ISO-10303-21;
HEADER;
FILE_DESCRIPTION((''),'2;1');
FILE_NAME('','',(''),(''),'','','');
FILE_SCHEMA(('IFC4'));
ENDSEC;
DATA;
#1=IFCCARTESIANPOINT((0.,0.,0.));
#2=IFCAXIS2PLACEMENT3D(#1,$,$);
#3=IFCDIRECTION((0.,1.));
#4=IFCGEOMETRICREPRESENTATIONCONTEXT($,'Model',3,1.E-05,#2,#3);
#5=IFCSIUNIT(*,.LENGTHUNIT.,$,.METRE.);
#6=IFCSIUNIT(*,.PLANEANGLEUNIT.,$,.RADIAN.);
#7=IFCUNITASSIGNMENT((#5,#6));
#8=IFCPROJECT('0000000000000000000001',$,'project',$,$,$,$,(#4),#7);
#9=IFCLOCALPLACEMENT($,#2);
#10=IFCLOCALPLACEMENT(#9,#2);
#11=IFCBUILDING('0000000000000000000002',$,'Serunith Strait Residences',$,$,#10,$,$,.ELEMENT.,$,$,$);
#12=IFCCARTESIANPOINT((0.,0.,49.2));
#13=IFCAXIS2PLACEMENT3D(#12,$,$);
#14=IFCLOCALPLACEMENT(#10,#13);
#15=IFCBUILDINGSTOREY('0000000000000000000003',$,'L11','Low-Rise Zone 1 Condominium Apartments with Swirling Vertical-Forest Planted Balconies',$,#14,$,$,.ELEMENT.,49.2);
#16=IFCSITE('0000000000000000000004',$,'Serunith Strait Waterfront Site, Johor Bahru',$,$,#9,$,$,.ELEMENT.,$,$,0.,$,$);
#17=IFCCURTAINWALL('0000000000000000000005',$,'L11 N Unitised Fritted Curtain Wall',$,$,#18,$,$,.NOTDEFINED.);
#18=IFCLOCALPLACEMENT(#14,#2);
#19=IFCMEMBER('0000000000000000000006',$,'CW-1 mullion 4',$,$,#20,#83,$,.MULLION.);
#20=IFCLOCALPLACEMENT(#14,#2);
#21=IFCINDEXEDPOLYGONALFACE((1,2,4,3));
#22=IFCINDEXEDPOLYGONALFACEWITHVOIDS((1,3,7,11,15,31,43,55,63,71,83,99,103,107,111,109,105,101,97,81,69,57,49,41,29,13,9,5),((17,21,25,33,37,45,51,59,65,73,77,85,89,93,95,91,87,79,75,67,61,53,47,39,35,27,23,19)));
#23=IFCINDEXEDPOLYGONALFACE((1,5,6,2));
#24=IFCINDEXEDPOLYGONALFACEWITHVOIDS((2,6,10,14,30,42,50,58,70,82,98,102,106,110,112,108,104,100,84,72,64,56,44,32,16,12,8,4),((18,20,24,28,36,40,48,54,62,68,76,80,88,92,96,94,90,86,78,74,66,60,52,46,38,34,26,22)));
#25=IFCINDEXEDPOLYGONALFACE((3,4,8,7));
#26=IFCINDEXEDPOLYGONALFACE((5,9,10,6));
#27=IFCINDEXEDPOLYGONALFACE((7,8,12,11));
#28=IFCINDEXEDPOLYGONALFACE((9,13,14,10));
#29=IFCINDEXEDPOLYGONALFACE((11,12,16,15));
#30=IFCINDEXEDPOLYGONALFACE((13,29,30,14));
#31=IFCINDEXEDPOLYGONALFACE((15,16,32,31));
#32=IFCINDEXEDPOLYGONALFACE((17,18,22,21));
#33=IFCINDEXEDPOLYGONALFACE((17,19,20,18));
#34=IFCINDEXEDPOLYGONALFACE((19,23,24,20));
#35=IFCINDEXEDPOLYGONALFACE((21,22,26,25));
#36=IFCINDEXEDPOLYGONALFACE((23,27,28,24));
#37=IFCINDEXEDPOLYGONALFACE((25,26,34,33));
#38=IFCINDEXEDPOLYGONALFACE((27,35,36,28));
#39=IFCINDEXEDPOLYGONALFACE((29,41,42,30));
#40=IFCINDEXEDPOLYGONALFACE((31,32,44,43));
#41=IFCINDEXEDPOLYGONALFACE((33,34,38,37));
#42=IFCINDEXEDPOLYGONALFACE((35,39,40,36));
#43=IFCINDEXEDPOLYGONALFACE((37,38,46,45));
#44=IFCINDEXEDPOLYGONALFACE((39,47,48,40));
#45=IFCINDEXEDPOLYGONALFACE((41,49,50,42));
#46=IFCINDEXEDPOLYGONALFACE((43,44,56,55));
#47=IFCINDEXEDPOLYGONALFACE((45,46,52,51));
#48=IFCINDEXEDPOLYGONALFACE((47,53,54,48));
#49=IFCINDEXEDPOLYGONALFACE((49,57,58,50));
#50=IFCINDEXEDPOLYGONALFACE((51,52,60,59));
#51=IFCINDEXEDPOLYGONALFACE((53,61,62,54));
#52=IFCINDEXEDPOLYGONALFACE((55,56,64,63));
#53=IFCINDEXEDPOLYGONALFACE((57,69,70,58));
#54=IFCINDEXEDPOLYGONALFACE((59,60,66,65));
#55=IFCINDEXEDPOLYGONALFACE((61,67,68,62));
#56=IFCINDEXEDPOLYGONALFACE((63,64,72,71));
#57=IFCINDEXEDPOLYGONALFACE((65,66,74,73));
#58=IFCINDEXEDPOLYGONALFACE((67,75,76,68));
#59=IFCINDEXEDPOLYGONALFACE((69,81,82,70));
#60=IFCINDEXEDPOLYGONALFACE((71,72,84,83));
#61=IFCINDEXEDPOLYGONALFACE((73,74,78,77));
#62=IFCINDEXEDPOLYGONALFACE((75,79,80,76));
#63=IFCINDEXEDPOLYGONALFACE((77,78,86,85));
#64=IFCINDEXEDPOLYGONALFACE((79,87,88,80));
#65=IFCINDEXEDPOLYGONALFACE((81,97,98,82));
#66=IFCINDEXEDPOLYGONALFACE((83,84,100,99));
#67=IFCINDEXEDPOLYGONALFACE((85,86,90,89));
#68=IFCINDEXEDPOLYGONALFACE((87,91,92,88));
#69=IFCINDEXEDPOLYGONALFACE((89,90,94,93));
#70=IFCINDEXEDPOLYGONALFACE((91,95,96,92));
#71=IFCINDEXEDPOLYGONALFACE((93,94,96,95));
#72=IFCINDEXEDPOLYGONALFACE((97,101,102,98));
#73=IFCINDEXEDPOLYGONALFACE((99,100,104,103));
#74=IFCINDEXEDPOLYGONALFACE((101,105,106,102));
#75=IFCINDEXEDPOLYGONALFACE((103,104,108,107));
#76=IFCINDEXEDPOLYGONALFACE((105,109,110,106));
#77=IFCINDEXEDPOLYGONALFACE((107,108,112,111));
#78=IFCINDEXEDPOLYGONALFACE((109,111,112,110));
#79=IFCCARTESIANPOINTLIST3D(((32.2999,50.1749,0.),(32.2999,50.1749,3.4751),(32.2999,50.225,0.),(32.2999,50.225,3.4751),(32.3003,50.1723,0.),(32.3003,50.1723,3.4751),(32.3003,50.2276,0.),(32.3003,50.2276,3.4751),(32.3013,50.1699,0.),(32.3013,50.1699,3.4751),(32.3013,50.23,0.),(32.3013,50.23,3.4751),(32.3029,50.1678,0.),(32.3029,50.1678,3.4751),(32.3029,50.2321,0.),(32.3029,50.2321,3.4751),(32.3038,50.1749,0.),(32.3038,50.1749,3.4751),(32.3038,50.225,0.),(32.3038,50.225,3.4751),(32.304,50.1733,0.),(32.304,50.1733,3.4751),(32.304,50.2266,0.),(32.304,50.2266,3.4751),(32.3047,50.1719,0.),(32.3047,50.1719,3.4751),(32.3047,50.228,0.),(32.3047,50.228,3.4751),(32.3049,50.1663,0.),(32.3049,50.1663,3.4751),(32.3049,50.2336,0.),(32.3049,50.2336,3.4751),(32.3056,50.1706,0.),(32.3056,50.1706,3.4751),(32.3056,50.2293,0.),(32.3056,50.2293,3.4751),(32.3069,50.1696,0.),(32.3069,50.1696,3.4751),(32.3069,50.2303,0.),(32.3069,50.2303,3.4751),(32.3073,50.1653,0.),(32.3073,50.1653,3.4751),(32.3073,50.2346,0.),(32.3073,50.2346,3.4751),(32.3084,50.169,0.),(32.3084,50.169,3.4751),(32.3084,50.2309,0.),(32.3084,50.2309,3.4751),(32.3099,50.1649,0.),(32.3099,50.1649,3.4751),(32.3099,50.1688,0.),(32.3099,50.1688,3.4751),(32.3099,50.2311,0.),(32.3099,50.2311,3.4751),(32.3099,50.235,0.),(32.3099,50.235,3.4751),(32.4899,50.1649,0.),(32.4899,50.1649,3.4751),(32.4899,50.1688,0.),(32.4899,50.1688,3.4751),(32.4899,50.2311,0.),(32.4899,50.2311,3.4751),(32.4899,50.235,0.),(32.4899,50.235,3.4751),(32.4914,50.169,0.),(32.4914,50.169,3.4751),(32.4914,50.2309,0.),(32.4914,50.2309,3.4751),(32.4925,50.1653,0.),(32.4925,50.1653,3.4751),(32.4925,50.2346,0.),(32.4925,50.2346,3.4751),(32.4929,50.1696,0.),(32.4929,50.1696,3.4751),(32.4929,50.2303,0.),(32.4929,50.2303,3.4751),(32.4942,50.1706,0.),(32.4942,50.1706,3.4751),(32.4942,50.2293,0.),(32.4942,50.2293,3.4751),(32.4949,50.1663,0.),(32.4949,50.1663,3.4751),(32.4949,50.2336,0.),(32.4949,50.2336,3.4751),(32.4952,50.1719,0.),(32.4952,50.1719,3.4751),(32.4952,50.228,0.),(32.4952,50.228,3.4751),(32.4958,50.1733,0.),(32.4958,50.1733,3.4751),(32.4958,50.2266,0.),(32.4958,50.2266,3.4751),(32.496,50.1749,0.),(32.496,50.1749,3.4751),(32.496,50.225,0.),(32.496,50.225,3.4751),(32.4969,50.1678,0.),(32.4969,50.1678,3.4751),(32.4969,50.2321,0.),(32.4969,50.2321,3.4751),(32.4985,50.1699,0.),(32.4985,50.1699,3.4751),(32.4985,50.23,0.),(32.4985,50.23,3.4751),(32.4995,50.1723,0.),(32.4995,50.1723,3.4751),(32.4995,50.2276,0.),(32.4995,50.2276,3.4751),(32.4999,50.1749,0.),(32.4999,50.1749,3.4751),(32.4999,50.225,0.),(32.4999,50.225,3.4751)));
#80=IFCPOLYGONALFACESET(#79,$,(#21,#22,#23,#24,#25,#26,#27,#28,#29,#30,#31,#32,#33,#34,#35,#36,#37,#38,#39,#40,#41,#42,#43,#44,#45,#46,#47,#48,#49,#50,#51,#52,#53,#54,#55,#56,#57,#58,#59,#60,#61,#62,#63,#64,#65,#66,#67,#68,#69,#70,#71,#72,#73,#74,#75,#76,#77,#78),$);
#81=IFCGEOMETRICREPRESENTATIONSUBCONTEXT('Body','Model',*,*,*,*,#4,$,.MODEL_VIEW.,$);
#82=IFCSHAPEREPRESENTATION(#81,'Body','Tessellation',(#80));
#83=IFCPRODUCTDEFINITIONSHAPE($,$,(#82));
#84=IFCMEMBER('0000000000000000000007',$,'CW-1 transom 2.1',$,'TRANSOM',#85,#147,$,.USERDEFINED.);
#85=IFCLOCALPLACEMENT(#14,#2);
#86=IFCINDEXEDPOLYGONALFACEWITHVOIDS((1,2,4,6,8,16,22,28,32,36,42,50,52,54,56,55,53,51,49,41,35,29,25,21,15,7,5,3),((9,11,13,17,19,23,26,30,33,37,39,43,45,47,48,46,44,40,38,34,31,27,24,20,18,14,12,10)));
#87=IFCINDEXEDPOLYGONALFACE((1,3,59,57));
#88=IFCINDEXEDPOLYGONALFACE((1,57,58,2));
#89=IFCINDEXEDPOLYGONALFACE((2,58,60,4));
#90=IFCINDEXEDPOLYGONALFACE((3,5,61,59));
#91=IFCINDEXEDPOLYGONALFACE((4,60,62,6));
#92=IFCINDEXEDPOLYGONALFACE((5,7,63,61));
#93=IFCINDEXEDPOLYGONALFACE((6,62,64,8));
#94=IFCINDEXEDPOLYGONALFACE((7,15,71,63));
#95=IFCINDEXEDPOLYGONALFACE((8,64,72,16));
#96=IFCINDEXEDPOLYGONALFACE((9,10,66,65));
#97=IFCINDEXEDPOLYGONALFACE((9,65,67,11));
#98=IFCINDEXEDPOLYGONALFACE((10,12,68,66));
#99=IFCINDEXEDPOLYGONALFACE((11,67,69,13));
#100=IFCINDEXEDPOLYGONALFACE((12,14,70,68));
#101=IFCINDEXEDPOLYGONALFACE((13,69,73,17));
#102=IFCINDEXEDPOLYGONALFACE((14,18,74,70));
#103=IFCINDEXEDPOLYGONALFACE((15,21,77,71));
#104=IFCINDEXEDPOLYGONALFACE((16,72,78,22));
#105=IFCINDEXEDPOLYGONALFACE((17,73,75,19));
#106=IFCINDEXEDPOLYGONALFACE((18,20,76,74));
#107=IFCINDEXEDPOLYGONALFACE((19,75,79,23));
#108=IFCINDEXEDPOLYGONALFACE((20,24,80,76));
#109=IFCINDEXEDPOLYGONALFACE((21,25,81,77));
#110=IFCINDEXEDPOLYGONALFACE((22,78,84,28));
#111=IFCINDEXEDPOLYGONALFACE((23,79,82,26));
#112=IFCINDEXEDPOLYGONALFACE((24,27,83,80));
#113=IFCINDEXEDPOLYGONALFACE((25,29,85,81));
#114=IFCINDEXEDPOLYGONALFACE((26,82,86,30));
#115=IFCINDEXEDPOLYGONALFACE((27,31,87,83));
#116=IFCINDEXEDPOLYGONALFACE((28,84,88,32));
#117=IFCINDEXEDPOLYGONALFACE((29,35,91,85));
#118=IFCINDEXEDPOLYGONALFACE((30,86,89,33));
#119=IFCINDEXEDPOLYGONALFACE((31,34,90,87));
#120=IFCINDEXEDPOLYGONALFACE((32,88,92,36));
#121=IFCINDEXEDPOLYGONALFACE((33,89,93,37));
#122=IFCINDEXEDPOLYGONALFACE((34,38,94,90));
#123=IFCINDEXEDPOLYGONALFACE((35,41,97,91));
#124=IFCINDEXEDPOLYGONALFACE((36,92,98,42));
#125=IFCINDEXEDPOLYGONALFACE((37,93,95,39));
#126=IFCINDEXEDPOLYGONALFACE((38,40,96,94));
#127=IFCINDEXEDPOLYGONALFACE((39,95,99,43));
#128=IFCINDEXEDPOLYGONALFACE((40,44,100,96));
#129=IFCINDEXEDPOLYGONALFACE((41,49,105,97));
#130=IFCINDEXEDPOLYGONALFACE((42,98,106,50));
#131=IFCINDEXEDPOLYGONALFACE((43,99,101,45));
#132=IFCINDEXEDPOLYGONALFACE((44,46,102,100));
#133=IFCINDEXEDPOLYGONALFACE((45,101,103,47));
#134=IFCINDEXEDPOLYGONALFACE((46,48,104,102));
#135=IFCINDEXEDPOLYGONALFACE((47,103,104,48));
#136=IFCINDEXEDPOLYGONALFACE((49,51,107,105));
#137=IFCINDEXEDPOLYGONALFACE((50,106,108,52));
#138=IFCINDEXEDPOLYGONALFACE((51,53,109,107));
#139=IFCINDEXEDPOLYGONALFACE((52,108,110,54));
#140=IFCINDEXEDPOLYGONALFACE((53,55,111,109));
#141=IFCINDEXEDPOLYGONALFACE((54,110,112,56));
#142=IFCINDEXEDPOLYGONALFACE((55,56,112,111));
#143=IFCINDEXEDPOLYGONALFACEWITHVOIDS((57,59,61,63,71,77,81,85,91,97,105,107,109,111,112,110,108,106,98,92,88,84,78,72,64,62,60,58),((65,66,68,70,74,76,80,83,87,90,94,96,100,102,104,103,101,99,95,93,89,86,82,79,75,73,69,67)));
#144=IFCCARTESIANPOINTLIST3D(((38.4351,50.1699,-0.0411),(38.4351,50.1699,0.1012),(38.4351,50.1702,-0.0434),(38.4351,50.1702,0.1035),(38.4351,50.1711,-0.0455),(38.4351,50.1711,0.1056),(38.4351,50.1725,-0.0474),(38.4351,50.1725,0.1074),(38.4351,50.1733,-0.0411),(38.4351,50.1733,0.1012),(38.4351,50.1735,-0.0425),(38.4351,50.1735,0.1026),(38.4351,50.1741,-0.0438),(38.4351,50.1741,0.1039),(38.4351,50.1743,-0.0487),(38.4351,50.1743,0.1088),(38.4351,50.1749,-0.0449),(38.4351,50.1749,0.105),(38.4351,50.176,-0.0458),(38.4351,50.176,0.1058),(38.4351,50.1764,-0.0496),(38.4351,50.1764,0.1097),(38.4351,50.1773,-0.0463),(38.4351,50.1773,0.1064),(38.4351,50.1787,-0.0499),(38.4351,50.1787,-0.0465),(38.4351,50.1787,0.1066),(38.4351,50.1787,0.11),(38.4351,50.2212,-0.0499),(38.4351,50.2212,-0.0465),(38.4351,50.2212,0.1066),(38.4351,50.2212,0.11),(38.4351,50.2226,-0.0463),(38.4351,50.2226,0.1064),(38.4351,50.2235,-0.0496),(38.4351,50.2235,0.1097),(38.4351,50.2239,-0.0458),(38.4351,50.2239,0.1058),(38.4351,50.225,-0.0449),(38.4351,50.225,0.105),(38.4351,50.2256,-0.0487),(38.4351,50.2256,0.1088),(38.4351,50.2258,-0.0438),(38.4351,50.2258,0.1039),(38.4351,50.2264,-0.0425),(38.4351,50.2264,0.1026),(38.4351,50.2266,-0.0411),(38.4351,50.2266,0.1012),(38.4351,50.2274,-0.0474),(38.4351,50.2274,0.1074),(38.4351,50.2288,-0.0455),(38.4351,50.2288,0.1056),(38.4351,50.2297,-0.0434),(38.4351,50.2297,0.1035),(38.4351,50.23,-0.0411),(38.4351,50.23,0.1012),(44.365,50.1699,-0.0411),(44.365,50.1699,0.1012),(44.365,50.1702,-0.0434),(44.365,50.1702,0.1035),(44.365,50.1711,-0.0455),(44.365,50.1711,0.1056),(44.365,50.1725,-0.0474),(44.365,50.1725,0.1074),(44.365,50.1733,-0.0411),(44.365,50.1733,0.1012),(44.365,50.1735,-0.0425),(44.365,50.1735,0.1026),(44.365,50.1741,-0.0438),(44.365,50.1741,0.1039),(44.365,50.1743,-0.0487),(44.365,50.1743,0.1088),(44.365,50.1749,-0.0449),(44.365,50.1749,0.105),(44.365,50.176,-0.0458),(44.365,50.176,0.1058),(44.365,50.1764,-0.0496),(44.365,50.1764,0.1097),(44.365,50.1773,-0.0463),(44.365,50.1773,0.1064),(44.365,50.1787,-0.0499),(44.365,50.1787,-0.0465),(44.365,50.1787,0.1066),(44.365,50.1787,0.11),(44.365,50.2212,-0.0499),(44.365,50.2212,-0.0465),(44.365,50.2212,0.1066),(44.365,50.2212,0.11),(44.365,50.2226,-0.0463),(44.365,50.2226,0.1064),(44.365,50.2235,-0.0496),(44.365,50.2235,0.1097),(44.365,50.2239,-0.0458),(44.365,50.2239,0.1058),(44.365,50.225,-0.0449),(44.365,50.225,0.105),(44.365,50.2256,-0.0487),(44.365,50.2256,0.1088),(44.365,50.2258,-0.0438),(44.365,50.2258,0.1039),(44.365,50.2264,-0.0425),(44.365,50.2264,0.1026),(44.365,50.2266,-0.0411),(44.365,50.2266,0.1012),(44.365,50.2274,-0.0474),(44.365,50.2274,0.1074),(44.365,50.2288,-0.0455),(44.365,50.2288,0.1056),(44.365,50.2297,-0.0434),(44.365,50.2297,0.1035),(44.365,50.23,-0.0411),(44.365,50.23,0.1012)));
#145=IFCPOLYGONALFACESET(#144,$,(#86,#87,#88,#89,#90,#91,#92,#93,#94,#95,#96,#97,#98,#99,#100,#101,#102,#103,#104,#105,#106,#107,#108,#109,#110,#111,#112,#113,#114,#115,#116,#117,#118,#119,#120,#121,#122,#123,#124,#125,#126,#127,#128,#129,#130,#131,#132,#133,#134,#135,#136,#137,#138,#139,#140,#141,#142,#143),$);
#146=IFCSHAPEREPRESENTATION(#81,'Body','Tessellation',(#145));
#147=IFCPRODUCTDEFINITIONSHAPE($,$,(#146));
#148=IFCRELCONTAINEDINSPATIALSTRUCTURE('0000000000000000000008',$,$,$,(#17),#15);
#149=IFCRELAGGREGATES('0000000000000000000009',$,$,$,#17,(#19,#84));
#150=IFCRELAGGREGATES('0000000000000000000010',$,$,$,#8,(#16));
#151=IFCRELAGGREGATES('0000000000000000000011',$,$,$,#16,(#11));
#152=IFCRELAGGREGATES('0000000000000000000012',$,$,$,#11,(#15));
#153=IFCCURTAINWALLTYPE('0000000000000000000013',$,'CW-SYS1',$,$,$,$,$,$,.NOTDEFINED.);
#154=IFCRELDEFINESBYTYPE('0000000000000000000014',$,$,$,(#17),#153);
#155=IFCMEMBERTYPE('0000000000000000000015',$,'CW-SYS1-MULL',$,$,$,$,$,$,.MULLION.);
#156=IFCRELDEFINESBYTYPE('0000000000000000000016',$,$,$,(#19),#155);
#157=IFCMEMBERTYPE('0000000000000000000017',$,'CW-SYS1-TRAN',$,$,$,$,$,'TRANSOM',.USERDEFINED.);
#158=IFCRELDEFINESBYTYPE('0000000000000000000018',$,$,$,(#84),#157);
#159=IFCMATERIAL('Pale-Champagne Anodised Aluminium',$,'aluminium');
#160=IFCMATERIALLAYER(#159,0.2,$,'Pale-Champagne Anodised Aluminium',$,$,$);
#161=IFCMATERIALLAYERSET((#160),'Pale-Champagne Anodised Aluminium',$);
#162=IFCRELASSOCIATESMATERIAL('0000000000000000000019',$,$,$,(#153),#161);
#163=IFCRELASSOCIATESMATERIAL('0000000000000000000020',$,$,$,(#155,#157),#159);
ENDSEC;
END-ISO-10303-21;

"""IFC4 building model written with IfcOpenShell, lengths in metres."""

from ifc_helpers import new_model, si_unit, direction, frame, origin, origin_2d, place, context, subcontext, project, spatial, hollow_rectangle, extrude, source, transform, mapped, material, layer, layer_set, material_profile, profile_set, type_object, element, aggregate, save


model = new_model("IFC4")

# Units and contexts
model_context = context("Model", 3, precision=1e-05, world=origin(), true_north=direction((0.0, 1.0)))
body_context = subcontext(model_context, "Body", "Model", "MODEL_VIEW")
ifc_project = project(units=[si_unit("LENGTHUNIT", "METRE"), si_unit("PLANEANGLEUNIT", "RADIAN")], contexts=[model_context])

# Site, building, storey
site_placement = place(None, origin())
site = spatial("IfcSite", under=ifc_project, at=site_placement, Name="Serunith Strait Waterfront Site, Johor Bahru", CompositionType="ELEMENT", RefElevation=0.0)
building_placement = place(site_placement, origin())
building = spatial("IfcBuilding", under=site, at=building_placement, Name="Serunith Strait Residences", CompositionType="ELEMENT")
storey_placement = place(building_placement, frame((0.0, 0.0, 49.2)))
storey = spatial("IfcBuildingStorey", under=building, at=storey_placement, Name="L11", Description="Low-Rise Zone 1 Condominium Apartments with Swirling Vertical-Forest Planted Balconies", CompositionType="ELEMENT", Elevation=49.2)

# Curtain wall, members
ifc_material_1 = material(Name="Pale-Champagne Anodised Aluminium", Category="aluminium")
ifc_layer_1 = layer(ifc_material_1, 0.2, Name="Pale-Champagne Anodised Aluminium")
ifc_layer_set_1 = layer_set([ifc_layer_1], Name="Pale-Champagne Anodised Aluminium")
curtain_wall_type = type_object("IfcCurtainWallType", Name="CW-SYS1", PredefinedType="NOTDEFINED", material=ifc_layer_set_1)
curtain_wall_placement = place(storey_placement, origin())
curtain_wall = element("IfcCurtainWall", 1, at=curtain_wall_placement, inside=storey, type_object=curtain_wall_type, Name="L11 N Unitised Fritted Curtain Wall", PredefinedType="NOTDEFINED")
ifc_material_profile_1 = material_profile(ifc_material_1, hollow_rectangle(XDim=0.0701, YDim=0.2, WallThickness=0.0039, InnerFilletRadius=0.0061, OuterFilletRadius=0.01, at=origin_2d()), Name="ALU 200x70x4")
ifc_profile_set_1 = profile_set([ifc_material_profile_1], Name="Pale-Champagne Anodised Aluminium")
member_type_1 = type_object("IfcMemberType", Name="CW-SYS1-MULL", PredefinedType="MULLION", material=ifc_profile_set_1)
shared_shape_1 = source(origin(), body_context, "Body", "SweptSolid", [
    extrude(hollow_rectangle(XDim=0.0701, YDim=0.2, WallThickness=0.0039, InnerFilletRadius=0.0061, OuterFilletRadius=0.01, at=origin_2d()), origin(), (0.0, 0.0, 1.0), 3.4751),
])
member_1_placement = place(storey_placement, frame((32.3999, 50.2, 0.0), z_axis=(0.0, 0.0, 1.0), x_axis=(0.0, -1.0, 0.0)))
member_1 = element("IfcMember", 2, at=member_1_placement, type_object=member_type_1, Name="CW-1 mullion 4", PredefinedType="MULLION", context=body_context, shape_type="MappedRepresentation", body=[
    mapped(shared_shape_1, transform((0.0, 0.0, 0.0), scale=1.0)),
])
ifc_material_profile_2 = material_profile(ifc_material_1, hollow_rectangle(XDim=0.0601, YDim=0.1599, WallThickness=0.0034, InnerFilletRadius=0.0054, OuterFilletRadius=0.0088, at=origin_2d()), Name="ALU 160x60x3.5")
ifc_profile_set_2 = profile_set([ifc_material_profile_2], Name="Pale-Champagne Anodised Aluminium")
member_type_2 = type_object("IfcMemberType", Name="CW-SYS1-TRAN", ElementType="TRANSOM", PredefinedType="USERDEFINED", material=ifc_profile_set_2)
shared_shape_2 = source(origin(), body_context, "Body", "SweptSolid", [
    extrude(hollow_rectangle(XDim=0.0601, YDim=0.1599, WallThickness=0.0034, InnerFilletRadius=0.0054, OuterFilletRadius=0.0088, at=origin_2d()), origin(), (0.0, 0.0, 1.0), 5.9299),
])
member_2_placement = place(storey_placement, frame((44.365, 50.2, 0.03), z_axis=(-1.0, 0.0, 0.0), x_axis=(0.0, -1.0, 0.0)))
member_2 = element("IfcMember", 3, at=member_2_placement, type_object=member_type_2, Name="CW-1 transom 2.1", ObjectType="TRANSOM", PredefinedType="USERDEFINED", context=body_context, shape_type="MappedRepresentation", body=[
    mapped(shared_shape_2, transform((0.0, 0.0, 0.0), scale=1.0)),
])
aggregate(curtain_wall, [member_1, member_2])

save(model, "model.ifc")
